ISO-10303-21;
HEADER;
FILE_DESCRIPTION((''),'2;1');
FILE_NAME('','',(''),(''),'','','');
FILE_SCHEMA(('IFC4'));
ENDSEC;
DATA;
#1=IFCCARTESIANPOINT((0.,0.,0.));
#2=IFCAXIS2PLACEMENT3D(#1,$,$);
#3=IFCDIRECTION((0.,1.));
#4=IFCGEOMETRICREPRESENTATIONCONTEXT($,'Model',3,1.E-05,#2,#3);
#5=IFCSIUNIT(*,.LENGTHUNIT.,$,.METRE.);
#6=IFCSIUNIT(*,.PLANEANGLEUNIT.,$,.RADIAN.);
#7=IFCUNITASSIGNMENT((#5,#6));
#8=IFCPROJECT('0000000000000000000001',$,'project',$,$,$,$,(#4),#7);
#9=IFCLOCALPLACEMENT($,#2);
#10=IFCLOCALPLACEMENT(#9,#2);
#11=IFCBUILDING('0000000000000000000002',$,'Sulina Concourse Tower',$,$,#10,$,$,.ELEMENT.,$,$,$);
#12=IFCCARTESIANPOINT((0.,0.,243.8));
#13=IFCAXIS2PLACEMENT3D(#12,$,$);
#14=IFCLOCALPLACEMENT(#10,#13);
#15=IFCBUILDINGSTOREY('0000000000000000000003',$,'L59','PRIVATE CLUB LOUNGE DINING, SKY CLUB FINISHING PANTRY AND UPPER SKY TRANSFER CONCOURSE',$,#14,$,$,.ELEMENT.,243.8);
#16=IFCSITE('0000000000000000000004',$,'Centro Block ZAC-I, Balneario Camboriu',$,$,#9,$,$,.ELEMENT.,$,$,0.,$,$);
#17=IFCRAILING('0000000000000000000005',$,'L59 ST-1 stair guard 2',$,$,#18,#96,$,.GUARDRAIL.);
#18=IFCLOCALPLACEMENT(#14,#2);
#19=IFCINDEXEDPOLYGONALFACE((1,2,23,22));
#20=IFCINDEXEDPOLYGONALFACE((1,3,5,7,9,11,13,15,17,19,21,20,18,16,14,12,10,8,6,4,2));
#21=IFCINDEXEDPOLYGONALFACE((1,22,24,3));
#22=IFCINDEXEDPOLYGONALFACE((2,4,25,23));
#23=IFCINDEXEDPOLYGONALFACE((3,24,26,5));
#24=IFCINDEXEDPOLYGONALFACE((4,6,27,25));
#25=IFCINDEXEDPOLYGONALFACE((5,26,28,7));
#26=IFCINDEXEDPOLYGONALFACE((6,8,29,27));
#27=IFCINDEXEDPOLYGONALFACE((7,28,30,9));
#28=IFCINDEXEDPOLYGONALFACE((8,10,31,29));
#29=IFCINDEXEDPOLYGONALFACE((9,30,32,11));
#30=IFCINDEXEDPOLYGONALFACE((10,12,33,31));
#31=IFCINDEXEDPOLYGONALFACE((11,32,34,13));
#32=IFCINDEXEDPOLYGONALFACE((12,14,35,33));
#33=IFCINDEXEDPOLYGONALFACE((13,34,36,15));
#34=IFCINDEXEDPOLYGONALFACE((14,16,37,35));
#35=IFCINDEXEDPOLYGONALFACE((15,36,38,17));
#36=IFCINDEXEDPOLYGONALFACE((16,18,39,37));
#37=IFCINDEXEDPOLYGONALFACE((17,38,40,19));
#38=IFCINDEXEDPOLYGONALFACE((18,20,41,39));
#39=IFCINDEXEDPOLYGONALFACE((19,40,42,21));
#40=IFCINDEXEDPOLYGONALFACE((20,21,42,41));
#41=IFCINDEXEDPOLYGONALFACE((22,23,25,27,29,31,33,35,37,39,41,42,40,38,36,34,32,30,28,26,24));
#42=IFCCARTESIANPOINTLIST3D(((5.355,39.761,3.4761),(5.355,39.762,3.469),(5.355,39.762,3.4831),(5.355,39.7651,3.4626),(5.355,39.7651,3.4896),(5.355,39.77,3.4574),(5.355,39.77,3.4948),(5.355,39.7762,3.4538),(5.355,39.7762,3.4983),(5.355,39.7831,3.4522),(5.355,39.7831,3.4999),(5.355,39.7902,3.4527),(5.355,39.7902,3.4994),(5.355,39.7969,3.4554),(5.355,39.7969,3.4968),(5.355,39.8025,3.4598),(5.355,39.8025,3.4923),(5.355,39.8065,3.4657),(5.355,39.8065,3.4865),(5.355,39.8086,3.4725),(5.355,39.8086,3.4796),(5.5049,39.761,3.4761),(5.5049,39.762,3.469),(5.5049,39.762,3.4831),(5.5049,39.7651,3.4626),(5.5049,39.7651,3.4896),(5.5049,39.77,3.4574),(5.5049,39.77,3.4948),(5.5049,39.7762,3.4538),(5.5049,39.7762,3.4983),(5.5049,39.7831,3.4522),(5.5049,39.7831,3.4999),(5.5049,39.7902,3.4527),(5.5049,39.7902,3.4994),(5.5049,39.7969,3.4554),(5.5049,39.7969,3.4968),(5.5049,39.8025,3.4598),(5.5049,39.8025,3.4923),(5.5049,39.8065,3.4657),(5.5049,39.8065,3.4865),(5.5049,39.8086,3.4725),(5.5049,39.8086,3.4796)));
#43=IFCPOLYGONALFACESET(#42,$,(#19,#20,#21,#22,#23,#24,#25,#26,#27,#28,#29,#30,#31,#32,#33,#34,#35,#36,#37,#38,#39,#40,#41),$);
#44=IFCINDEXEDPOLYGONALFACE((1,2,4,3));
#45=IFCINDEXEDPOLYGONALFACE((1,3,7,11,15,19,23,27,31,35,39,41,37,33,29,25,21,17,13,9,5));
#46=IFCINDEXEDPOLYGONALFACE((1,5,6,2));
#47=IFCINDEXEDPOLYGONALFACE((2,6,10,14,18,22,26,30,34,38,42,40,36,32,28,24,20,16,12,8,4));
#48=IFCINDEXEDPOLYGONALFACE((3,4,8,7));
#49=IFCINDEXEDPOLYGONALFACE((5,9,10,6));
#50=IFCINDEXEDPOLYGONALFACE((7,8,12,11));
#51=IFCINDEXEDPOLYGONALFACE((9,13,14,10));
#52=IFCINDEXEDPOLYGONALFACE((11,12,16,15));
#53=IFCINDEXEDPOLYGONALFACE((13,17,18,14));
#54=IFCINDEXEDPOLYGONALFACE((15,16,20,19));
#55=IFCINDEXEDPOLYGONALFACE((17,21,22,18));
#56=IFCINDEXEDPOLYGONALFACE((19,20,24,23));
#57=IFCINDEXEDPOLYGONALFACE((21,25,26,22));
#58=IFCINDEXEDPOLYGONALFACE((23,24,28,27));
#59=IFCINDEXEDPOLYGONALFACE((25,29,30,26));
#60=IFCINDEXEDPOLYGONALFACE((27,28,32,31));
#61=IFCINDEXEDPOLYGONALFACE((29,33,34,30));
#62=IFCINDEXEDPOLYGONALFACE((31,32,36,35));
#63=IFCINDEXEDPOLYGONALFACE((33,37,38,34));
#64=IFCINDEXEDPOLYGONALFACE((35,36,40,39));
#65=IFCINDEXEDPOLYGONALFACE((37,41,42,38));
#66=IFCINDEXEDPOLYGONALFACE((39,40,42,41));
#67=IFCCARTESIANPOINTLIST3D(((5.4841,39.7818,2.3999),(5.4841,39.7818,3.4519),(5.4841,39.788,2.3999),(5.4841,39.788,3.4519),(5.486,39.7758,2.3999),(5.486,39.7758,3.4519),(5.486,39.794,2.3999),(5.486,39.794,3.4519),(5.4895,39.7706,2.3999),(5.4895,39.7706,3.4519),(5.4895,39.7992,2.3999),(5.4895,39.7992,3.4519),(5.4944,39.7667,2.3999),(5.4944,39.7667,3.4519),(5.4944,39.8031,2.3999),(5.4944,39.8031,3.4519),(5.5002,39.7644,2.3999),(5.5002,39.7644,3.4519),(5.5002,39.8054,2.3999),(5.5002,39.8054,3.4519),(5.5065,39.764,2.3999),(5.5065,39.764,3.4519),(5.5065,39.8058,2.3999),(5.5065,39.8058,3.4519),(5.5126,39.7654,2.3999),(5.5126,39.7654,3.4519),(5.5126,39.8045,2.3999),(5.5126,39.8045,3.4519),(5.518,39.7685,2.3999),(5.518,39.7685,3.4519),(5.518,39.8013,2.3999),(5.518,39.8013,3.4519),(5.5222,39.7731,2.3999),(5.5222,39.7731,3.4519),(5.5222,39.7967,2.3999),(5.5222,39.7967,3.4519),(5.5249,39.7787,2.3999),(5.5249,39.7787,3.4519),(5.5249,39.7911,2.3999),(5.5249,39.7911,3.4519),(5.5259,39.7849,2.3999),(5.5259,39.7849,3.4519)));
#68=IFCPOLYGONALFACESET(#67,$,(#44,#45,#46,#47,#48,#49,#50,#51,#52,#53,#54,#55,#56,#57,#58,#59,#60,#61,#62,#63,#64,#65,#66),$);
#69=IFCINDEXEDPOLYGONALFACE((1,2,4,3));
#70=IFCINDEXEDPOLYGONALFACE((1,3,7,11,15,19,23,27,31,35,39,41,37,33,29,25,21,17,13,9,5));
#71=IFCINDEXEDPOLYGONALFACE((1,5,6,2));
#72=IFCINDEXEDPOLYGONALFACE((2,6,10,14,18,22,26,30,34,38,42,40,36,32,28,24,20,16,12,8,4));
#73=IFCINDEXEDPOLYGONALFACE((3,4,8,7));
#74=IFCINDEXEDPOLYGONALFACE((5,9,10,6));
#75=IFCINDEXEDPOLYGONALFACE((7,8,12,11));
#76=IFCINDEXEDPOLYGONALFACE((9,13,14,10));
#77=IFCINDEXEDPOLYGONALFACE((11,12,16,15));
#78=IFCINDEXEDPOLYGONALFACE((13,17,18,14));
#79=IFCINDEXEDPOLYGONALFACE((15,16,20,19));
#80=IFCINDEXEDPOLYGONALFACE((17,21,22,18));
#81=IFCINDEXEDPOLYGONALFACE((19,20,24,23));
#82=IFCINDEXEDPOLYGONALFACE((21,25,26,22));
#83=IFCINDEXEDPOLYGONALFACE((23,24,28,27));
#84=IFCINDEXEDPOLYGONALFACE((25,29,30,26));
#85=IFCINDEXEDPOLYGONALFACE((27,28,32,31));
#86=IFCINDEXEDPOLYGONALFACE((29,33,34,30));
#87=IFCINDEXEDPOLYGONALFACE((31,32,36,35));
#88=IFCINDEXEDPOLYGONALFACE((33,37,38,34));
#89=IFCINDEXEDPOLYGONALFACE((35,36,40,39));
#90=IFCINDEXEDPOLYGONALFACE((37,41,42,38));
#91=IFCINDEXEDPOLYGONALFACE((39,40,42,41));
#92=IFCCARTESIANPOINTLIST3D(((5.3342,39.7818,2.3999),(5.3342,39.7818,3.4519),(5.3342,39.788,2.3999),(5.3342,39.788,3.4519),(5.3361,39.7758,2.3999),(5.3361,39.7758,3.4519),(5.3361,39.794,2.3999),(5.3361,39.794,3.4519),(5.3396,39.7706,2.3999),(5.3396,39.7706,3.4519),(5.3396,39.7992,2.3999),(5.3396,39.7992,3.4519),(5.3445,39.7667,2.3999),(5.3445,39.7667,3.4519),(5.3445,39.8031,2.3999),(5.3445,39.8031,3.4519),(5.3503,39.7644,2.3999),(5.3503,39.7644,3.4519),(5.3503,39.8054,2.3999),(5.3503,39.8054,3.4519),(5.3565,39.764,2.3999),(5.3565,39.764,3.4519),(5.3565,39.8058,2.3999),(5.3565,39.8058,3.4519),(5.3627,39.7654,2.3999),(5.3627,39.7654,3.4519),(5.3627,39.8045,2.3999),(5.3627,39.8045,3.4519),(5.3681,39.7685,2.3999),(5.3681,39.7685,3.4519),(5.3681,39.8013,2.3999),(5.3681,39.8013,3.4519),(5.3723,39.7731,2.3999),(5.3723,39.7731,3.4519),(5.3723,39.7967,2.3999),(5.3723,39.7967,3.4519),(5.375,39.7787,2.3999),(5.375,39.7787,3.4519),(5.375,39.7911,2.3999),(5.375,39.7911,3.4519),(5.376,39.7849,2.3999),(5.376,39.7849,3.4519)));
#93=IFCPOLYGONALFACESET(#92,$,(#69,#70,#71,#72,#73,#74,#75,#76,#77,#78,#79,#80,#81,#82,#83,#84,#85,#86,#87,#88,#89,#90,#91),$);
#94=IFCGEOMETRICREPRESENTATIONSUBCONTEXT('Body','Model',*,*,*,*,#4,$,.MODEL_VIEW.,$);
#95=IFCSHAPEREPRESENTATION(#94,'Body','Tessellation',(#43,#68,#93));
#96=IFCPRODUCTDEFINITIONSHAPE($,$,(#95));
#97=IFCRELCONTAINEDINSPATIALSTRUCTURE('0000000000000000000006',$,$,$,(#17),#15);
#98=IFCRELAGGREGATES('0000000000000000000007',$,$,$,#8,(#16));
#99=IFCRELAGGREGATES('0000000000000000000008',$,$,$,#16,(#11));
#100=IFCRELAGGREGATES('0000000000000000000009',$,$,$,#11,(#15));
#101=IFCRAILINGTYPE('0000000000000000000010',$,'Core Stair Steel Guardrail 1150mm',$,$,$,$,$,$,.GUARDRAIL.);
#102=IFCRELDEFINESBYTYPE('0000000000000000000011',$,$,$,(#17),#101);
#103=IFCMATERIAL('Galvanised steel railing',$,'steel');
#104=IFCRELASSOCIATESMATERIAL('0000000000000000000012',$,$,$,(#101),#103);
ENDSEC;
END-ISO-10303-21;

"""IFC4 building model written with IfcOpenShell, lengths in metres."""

from ifc_helpers import new_model, si_unit, direction, frame, origin, origin_2d, place, context, subcontext, project, spatial, circle, extrude, material, type_object, element, save


model = new_model("IFC4")

# Units and contexts
model_context = context("Model", 3, precision=1e-05, world=origin(), true_north=direction((0.0, 1.0)))
body_context = subcontext(model_context, "Body", "Model", "MODEL_VIEW")
ifc_project = project(units=[si_unit("LENGTHUNIT", "METRE"), si_unit("PLANEANGLEUNIT", "RADIAN")], contexts=[model_context])

# Site, building, storey
site_placement = place(None, origin())
site = spatial("IfcSite", under=ifc_project, at=site_placement, Name="Centro Block ZAC-I, Balneario Camboriu", CompositionType="ELEMENT", RefElevation=0.0)
building_placement = place(site_placement, origin())
building = spatial("IfcBuilding", under=site, at=building_placement, Name="Sulina Concourse Tower", CompositionType="ELEMENT")
storey_placement = place(building_placement, frame((0.0, 0.0, 243.8)))
storey = spatial("IfcBuildingStorey", under=building, at=storey_placement, Name="L59", Description="PRIVATE CLUB LOUNGE DINING, SKY CLUB FINISHING PANTRY AND UPPER SKY TRANSFER CONCOURSE", CompositionType="ELEMENT", Elevation=243.8)

# Railing
ifc_material_1 = material(Name="Galvanised steel railing", Category="steel")
railing_type_1 = type_object("IfcRailingType", Name="Core Stair Steel Guardrail 1150mm", PredefinedType="GUARDRAIL", material=ifc_material_1)
railing_1_placement = place(storey_placement, frame((5.5049, 39.7849, 2.3999)))
element("IfcRailing", 1, at=railing_1_placement, inside=storey, type_object=railing_type_1, Name="L59 ST-1 stair guard 2", PredefinedType="GUARDRAIL", context=body_context, shape_type="SweptSolid", body=[
    extrude(circle(Radius=0.0239, at=origin_2d()), frame((0.0, 0.0, 1.0762), z_axis=(-1.0, 0.0, 0.0), x_axis=(0.0, -1.0, 0.0)), (0.0, 0.0, 1.0), 0.1499),
    extrude(circle(Radius=0.021, at=origin_2d()), origin(), (0.0, 0.0, 1.0), 1.052),
    extrude(circle(Radius=0.021, at=origin_2d()), frame((-0.1499, 0.0, 0.0)), (0.0, 0.0, 1.0), 1.052),
])

save(model, "model.ifc")
